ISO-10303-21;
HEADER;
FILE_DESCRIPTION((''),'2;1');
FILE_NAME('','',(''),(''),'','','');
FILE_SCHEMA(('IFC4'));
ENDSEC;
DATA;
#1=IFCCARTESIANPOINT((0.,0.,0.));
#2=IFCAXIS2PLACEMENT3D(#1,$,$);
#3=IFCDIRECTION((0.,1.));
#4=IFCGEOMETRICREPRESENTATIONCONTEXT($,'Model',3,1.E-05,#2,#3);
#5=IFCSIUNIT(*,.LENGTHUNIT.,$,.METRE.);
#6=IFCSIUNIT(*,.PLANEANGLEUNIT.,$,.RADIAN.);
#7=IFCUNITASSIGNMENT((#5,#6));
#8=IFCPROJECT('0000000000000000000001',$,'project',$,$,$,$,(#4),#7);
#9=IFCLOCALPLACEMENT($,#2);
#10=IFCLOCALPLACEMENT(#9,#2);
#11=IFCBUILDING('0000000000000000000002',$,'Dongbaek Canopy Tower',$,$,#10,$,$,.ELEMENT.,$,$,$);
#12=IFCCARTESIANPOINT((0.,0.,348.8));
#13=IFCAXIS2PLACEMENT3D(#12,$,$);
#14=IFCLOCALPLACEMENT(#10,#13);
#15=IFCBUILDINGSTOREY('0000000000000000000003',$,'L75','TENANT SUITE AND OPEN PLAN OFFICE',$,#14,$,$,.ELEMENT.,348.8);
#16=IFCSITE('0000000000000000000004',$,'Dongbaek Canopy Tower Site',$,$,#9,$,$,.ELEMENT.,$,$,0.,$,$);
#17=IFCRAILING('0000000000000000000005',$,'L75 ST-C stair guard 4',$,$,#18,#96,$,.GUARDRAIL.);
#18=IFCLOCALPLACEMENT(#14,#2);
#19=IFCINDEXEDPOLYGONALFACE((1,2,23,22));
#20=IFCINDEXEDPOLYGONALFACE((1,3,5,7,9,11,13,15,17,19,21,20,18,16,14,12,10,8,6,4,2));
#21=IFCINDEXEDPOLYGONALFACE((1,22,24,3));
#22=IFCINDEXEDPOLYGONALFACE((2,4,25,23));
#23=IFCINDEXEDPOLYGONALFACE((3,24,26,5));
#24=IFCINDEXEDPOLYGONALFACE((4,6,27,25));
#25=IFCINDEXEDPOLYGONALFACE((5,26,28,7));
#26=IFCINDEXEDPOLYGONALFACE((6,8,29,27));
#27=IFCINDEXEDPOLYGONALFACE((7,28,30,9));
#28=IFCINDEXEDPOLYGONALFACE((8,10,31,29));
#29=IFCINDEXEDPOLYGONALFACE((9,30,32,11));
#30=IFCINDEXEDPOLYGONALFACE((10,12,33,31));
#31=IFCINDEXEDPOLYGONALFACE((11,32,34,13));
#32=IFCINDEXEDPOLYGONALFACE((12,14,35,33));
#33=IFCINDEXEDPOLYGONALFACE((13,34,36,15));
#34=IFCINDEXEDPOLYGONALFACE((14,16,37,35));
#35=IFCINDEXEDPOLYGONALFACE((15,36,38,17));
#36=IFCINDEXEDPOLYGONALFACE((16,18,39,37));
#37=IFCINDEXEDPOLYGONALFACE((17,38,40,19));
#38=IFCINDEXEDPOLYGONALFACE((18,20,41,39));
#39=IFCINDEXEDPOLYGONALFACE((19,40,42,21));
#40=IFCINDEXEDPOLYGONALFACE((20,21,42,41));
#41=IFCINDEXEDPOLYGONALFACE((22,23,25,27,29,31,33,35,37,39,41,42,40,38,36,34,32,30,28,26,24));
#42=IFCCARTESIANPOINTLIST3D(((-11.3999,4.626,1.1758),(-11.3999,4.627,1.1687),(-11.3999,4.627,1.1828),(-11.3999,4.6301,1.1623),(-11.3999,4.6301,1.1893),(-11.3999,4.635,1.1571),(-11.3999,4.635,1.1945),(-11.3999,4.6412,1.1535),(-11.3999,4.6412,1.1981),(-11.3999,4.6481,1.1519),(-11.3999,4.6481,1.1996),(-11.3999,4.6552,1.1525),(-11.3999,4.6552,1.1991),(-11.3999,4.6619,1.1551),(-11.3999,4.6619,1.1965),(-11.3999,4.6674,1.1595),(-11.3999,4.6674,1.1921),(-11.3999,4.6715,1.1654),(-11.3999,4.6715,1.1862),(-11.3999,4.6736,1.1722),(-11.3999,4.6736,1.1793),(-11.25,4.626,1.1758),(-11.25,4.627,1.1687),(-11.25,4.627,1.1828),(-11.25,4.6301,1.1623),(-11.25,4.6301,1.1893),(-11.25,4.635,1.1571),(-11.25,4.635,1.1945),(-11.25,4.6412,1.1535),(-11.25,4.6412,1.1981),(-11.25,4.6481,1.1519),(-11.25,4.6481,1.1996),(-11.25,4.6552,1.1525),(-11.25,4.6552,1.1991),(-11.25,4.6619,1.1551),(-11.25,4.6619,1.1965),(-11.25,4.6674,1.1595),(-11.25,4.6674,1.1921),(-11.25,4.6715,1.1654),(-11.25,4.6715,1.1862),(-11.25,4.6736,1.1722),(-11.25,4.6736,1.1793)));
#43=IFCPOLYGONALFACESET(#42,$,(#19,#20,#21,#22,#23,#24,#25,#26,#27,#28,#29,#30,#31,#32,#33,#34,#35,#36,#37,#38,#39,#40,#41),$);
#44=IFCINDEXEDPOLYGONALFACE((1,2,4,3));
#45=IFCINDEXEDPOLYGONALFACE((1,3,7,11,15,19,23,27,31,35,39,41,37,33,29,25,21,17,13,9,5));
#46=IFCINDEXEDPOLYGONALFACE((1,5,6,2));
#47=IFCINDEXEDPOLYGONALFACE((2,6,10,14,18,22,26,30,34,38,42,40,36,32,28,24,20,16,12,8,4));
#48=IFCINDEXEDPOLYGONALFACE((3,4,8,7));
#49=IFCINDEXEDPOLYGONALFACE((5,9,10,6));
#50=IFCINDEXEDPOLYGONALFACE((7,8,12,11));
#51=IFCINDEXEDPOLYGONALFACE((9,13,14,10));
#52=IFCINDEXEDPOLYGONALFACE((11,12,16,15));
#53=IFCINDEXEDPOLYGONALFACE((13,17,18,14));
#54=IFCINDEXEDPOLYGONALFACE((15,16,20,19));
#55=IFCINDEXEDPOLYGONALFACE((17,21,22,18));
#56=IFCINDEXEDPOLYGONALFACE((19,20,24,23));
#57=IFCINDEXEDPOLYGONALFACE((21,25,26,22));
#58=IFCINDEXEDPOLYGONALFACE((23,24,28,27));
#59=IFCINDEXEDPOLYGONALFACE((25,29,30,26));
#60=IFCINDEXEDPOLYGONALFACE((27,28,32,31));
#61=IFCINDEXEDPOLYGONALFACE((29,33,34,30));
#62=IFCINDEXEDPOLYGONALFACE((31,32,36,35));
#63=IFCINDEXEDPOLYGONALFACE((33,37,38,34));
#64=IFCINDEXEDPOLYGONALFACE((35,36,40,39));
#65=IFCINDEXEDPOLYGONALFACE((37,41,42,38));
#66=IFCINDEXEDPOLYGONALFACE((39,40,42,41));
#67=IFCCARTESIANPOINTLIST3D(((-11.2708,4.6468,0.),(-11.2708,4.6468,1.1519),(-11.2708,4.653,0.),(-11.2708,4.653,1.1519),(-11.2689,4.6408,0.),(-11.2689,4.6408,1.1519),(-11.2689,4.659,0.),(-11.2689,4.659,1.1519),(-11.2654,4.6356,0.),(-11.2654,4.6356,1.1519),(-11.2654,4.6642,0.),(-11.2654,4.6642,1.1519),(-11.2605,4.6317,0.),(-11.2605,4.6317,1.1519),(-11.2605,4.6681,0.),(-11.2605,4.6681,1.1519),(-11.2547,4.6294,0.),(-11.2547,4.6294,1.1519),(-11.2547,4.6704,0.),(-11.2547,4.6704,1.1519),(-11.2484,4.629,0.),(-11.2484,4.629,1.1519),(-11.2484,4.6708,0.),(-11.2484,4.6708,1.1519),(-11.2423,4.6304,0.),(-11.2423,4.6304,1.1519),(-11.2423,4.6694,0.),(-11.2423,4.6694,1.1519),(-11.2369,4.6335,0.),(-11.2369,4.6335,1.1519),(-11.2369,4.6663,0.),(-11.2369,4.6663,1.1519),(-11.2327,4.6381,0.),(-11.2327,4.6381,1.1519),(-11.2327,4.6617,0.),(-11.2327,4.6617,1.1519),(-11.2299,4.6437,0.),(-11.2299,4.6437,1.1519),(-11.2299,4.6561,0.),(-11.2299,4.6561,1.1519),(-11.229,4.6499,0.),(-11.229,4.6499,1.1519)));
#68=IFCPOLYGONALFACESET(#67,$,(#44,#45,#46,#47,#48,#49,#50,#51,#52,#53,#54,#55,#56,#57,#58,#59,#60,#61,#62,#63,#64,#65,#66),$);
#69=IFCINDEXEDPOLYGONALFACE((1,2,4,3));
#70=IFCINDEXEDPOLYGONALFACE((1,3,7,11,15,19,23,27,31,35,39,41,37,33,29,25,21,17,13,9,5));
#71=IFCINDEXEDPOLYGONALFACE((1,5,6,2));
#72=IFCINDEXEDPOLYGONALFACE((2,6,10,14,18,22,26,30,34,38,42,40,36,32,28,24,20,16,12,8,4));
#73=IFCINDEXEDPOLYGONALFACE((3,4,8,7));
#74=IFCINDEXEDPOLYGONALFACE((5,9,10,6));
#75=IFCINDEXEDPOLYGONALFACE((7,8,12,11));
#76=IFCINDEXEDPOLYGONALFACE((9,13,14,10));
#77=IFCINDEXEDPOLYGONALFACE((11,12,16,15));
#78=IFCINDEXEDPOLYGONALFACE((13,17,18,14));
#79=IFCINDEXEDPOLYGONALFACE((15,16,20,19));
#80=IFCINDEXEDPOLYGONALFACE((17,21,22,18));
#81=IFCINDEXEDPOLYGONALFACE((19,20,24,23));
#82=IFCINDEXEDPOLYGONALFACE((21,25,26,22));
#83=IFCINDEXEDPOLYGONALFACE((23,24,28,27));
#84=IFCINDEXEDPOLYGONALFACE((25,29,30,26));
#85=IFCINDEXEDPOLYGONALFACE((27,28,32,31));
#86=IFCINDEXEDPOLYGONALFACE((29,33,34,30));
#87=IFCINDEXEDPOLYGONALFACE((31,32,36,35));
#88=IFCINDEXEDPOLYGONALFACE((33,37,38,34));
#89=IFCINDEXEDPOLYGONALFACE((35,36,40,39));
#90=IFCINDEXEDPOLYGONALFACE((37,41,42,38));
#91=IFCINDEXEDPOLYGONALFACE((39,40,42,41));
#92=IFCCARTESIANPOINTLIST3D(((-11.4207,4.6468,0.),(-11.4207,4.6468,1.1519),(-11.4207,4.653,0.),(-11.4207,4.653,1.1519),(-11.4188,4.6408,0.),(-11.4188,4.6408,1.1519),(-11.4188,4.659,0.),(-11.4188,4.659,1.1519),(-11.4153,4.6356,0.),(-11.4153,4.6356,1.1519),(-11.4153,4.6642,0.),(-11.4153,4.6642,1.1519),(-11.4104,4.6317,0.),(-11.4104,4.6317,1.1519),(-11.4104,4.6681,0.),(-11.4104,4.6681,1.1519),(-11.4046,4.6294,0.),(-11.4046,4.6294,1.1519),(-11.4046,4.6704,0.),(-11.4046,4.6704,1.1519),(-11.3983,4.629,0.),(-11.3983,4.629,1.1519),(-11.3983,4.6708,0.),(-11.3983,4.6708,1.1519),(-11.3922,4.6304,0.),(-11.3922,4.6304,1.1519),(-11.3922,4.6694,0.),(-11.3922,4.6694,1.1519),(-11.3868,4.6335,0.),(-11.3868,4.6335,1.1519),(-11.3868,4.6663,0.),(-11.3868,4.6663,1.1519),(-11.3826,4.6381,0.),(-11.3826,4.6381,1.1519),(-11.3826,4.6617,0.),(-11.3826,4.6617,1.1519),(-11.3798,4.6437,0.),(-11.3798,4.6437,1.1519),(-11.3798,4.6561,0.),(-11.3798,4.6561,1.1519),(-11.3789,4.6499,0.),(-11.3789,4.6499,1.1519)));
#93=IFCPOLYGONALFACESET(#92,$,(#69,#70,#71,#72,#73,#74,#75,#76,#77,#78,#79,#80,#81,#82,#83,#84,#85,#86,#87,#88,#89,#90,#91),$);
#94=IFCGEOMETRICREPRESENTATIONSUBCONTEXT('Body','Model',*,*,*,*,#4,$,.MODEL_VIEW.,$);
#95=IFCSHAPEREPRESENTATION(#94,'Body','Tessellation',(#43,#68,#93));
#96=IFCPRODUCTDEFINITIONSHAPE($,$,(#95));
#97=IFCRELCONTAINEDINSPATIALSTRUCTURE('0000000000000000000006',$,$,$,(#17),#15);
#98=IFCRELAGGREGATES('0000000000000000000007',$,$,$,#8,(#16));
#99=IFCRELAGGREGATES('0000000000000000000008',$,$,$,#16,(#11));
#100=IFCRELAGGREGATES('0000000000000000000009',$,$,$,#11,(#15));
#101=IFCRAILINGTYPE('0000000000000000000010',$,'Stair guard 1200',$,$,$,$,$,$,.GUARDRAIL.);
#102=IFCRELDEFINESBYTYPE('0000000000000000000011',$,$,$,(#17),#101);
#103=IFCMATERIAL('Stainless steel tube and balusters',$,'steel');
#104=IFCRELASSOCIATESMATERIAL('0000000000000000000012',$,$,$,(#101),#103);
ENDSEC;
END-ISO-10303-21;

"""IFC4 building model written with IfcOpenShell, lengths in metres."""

from ifc_helpers import new_model, si_unit, direction, frame, origin, origin_2d, place, context, subcontext, project, spatial, circle, extrude, material, type_object, element, save


model = new_model("IFC4")

# Units and contexts
model_context = context("Model", 3, precision=1e-05, world=origin(), true_north=direction((0.0, 1.0)))
body_context = subcontext(model_context, "Body", "Model", "MODEL_VIEW")
ifc_project = project(units=[si_unit("LENGTHUNIT", "METRE"), si_unit("PLANEANGLEUNIT", "RADIAN")], contexts=[model_context])

# Site, building, storey
site_placement = place(None, origin())
site = spatial("IfcSite", under=ifc_project, at=site_placement, Name="Dongbaek Canopy Tower Site", CompositionType="ELEMENT", RefElevation=0.0)
building_placement = place(site_placement, origin())
building = spatial("IfcBuilding", under=site, at=building_placement, Name="Dongbaek Canopy Tower", CompositionType="ELEMENT")
storey_placement = place(building_placement, frame((0.0, 0.0, 348.8)))
storey = spatial("IfcBuildingStorey", under=building, at=storey_placement, Name="L75", Description="TENANT SUITE AND OPEN PLAN OFFICE", CompositionType="ELEMENT", Elevation=348.8)

# Railing
ifc_material_1 = material(Name="Stainless steel tube and balusters", Category="steel")
railing_type_1 = type_object("IfcRailingType", Name="Stair guard 1200", PredefinedType="GUARDRAIL", material=ifc_material_1)
railing_1_placement = place(storey_placement, frame((-11.25, 4.6499, 0.0)))
element("IfcRailing", 1, at=railing_1_placement, inside=storey, type_object=railing_type_1, Name="L75 ST-C stair guard 4", PredefinedType="GUARDRAIL", context=body_context, shape_type="SweptSolid", body=[
    extrude(circle(Radius=0.0239, at=origin_2d()), frame((0.0, 0.0, 1.1758), z_axis=(-1.0, 0.0, 0.0), x_axis=(0.0, -1.0, 0.0)), (0.0, 0.0, 1.0), 0.1499),
    extrude(circle(Radius=0.021, at=origin_2d()), origin(), (0.0, 0.0, 1.0), 1.1519),
    extrude(circle(Radius=0.021, at=origin_2d()), frame((-0.1499, 0.0, 0.0)), (0.0, 0.0, 1.0), 1.1519),
])

save(model, "model.ifc")
